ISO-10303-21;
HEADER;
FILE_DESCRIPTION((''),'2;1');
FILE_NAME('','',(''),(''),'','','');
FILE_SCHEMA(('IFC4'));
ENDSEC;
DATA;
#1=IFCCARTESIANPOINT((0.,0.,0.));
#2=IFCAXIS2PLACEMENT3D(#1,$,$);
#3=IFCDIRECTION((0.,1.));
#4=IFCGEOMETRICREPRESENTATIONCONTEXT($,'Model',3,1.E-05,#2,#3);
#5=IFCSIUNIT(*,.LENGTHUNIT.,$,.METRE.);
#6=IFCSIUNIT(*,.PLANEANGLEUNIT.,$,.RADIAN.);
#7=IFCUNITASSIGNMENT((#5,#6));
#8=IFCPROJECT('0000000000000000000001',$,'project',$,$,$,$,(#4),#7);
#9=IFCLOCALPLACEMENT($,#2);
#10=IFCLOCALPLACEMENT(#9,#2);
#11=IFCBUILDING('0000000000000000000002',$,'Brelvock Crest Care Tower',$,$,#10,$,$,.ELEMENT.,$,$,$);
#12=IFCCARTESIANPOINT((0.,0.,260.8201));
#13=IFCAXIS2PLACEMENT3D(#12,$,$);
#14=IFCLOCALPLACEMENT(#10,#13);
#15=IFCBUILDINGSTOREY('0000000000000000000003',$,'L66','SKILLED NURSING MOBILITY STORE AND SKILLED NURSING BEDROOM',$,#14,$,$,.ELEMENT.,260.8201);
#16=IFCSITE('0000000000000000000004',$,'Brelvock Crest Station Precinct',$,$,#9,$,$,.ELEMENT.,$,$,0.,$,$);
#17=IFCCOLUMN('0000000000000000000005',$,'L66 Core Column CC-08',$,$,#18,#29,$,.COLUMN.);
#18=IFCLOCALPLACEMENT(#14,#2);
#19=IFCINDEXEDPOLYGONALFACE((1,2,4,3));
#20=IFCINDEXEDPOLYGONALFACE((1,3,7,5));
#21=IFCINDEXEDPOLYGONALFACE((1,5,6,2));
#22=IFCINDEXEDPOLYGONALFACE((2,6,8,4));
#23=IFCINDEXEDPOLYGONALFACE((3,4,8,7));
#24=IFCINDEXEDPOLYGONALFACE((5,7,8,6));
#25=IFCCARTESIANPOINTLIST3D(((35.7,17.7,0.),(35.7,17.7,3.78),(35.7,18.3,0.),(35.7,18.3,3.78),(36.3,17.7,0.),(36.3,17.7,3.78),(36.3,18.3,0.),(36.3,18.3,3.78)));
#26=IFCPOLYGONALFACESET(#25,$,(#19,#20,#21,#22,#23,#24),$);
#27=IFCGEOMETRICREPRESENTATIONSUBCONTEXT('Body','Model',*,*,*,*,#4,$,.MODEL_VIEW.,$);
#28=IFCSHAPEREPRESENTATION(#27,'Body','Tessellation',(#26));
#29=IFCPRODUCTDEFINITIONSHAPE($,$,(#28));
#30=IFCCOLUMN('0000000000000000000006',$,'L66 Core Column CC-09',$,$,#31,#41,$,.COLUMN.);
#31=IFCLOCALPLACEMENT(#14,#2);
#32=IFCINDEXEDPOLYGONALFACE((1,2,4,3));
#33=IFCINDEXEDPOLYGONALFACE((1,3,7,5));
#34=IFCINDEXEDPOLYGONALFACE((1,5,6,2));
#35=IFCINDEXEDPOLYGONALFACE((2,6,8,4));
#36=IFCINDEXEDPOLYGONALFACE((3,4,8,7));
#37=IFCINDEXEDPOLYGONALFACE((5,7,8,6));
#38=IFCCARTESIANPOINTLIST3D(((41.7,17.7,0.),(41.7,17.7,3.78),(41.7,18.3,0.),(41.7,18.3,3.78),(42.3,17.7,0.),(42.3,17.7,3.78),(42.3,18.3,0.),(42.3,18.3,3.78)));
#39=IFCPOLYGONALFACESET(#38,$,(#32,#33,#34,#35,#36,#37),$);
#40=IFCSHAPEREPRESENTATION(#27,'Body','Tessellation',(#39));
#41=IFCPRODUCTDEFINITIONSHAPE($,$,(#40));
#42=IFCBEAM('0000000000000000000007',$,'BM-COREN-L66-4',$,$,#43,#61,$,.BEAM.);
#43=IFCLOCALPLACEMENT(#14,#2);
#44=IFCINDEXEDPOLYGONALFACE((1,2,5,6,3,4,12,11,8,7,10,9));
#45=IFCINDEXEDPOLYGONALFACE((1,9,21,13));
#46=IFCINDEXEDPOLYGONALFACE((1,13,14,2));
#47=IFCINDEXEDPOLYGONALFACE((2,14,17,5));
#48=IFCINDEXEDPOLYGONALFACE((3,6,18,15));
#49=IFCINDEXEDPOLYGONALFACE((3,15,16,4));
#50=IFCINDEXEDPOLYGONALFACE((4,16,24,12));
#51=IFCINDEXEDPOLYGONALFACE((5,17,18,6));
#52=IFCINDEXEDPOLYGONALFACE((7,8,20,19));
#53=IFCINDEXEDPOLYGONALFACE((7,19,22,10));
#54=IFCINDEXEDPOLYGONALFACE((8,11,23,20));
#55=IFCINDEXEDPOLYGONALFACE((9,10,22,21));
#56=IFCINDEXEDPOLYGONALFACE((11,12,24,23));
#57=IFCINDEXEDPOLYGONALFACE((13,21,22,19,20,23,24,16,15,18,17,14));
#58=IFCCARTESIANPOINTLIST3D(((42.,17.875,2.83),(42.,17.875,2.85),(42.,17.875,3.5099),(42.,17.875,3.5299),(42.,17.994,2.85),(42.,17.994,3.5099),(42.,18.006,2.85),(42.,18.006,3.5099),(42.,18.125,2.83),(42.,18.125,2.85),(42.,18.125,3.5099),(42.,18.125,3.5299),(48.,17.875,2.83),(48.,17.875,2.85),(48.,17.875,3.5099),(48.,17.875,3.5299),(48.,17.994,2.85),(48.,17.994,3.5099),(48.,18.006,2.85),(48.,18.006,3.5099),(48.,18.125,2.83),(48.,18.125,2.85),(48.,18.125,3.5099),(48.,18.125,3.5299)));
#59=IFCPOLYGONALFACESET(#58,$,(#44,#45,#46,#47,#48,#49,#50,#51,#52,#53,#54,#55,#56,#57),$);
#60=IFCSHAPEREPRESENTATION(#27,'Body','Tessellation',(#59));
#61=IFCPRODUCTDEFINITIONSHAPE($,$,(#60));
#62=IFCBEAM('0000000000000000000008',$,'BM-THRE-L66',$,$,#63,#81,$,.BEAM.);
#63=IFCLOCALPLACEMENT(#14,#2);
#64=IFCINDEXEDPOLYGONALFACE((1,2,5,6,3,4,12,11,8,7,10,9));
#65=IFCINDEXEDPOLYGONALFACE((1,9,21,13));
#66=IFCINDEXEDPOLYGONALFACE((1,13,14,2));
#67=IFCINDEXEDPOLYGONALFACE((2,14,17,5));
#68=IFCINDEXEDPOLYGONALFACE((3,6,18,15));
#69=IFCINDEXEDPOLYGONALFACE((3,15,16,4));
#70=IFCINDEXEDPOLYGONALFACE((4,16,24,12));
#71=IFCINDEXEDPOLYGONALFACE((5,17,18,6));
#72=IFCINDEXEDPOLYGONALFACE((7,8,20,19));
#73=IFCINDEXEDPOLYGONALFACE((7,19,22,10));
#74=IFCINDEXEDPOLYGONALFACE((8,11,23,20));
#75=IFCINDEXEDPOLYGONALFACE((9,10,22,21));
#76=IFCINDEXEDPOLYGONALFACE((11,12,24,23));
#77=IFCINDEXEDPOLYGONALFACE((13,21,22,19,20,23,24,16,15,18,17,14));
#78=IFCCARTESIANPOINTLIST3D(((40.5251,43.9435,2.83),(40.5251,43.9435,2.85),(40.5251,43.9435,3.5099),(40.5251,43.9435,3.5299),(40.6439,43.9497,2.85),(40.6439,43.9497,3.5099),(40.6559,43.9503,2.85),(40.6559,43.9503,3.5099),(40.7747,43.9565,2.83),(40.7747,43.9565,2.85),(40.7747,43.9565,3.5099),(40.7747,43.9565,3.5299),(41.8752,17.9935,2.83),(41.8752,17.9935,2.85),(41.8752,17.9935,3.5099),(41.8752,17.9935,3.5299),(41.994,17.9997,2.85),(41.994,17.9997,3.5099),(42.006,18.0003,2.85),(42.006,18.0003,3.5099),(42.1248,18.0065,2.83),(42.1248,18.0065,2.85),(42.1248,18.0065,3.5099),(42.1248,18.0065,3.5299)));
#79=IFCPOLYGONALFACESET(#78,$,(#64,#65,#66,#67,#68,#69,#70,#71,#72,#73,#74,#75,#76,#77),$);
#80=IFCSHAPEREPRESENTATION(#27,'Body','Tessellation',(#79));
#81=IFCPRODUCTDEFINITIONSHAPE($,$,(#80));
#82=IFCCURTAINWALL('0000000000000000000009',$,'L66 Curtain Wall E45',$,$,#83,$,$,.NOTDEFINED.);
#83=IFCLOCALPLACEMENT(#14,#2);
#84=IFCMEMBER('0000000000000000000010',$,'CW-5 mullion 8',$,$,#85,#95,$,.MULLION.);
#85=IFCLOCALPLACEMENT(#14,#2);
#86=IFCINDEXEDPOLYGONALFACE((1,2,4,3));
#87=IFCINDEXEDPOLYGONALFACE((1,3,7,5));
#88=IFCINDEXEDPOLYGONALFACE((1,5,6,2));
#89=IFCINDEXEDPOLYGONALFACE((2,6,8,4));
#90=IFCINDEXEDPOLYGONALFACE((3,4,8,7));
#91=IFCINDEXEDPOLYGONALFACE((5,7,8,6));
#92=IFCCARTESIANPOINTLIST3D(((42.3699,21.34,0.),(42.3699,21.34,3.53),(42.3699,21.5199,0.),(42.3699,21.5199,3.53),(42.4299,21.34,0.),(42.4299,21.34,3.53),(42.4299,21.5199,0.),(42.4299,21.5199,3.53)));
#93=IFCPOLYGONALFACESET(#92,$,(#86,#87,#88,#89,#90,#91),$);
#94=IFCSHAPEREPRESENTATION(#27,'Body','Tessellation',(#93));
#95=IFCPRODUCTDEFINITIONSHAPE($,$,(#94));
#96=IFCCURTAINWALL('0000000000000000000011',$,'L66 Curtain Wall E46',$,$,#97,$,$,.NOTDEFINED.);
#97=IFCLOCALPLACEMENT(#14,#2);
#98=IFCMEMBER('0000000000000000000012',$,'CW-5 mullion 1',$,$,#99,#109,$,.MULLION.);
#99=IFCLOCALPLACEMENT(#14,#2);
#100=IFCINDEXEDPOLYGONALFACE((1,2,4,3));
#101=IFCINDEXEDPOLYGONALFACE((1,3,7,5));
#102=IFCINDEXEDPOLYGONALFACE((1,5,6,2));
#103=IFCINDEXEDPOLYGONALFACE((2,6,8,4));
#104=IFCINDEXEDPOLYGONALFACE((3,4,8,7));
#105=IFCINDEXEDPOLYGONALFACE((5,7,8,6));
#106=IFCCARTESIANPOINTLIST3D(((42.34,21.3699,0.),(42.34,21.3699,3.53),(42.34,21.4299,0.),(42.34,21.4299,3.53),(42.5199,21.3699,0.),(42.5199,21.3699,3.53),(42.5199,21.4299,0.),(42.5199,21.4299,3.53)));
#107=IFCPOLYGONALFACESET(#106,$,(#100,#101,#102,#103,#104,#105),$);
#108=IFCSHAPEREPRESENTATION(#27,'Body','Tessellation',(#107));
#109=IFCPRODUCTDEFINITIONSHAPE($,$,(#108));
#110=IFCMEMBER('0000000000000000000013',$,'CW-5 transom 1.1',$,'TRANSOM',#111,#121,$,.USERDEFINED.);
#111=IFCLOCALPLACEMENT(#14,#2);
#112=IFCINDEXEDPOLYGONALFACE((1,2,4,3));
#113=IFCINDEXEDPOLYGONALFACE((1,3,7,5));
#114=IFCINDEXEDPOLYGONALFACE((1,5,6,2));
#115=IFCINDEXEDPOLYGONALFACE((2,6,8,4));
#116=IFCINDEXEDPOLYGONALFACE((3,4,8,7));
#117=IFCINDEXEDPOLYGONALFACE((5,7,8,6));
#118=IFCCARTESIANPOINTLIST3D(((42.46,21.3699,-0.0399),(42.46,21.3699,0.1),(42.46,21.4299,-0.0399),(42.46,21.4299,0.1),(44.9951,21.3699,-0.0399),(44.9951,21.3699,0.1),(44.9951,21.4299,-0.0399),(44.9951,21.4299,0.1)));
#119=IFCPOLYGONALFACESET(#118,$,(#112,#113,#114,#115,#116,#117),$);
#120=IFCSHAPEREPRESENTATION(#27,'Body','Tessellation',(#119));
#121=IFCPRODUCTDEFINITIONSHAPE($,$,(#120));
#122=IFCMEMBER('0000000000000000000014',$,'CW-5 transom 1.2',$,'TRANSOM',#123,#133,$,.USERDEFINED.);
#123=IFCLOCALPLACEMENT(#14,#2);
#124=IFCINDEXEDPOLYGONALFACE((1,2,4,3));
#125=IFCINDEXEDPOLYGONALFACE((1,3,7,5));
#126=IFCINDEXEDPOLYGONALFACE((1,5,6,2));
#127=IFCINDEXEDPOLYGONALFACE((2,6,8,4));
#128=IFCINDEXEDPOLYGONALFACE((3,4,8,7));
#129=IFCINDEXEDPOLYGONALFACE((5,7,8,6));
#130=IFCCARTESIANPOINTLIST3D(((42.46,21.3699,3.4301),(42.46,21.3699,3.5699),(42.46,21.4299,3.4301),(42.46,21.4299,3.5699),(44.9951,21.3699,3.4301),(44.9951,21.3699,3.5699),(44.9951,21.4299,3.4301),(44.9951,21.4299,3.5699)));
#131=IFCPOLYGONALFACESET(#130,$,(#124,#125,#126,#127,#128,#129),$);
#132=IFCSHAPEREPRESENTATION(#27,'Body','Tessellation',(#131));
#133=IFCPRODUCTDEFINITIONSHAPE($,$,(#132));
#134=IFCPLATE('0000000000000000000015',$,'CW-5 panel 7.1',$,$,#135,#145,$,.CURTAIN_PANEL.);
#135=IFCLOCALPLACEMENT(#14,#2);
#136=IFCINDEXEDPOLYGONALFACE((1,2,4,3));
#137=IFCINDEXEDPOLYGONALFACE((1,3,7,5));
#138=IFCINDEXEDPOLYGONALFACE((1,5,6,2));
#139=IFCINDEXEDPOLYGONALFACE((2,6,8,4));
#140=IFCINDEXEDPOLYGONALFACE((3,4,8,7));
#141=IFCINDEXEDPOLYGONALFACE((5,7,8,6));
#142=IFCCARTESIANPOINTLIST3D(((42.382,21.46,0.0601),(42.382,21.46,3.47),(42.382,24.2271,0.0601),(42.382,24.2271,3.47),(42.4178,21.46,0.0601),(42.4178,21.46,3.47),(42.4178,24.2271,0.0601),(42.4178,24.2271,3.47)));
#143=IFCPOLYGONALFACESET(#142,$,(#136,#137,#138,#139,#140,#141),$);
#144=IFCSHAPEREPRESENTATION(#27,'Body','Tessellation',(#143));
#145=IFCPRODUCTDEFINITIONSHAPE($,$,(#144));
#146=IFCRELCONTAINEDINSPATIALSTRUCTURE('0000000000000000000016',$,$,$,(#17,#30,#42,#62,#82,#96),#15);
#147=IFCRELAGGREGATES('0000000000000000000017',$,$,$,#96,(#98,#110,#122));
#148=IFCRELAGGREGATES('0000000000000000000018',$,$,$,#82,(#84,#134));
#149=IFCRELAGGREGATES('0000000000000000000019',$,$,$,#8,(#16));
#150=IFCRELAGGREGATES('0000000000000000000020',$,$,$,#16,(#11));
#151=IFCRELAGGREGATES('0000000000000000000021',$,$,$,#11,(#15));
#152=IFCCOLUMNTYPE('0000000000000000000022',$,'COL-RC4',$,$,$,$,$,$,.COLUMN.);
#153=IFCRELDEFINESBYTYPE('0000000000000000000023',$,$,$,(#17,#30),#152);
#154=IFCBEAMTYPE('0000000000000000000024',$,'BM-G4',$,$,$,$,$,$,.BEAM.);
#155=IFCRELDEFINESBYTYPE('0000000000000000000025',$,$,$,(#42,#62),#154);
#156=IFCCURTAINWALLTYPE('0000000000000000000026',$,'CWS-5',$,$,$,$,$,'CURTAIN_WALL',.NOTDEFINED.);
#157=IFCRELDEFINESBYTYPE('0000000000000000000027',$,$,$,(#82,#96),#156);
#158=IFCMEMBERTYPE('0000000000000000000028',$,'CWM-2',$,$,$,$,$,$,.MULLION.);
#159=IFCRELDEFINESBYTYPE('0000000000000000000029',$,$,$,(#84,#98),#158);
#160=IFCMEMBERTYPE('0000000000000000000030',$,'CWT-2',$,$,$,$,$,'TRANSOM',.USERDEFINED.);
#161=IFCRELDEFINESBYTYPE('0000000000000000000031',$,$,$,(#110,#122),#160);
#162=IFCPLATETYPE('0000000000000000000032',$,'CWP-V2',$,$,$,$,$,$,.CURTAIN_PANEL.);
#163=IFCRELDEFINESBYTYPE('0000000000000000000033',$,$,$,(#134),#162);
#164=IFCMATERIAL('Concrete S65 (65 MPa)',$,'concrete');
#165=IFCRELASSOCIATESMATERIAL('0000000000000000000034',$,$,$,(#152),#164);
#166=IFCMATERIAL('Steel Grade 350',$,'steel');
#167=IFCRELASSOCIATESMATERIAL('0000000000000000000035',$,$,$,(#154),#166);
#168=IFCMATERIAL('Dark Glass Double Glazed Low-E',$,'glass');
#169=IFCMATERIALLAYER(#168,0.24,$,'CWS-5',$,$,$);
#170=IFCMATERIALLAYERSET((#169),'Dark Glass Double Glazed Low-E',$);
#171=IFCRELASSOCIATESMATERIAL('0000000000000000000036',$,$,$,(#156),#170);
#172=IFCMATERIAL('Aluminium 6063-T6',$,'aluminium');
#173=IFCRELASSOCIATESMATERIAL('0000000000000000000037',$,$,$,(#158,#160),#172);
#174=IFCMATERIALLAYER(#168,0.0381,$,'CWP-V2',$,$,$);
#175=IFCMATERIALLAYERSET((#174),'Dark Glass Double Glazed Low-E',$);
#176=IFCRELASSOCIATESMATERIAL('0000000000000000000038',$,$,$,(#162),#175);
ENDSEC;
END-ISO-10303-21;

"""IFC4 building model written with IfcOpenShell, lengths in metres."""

from ifc_helpers import new_model, si_unit, direction, frame, origin, origin_2d, place, context, subcontext, project, spatial, rectangle, i_section, extrude, source, transform, mapped, material, layer, layer_set, material_profile, profile_set, type_object, element, aggregate, save


model = new_model("IFC4")

# Units and contexts
model_context = context("Model", 3, precision=1e-05, world=origin(), true_north=direction((0.0, 1.0)))
body_context = subcontext(model_context, "Body", "Model", "MODEL_VIEW")
ifc_project = project(units=[si_unit("LENGTHUNIT", "METRE"), si_unit("PLANEANGLEUNIT", "RADIAN")], contexts=[model_context])

# Site, building, storey
site_placement = place(None, origin())
site = spatial("IfcSite", under=ifc_project, at=site_placement, Name="Brelvock Crest Station Precinct", CompositionType="ELEMENT", RefElevation=0.0)
building_placement = place(site_placement, origin())
building = spatial("IfcBuilding", under=site, at=building_placement, Name="Brelvock Crest Care Tower", CompositionType="ELEMENT")
storey_placement = place(building_placement, frame((0.0, 0.0, 260.8201)))
storey = spatial("IfcBuildingStorey", under=building, at=storey_placement, Name="L66", Description="SKILLED NURSING MOBILITY STORE AND SKILLED NURSING BEDROOM", CompositionType="ELEMENT", Elevation=260.8201)

# Columns
ifc_material_1 = material(Name="Concrete S65 (65 MPa)", Category="concrete")
ifc_material_profile_1 = material_profile(ifc_material_1, rectangle(XDim=0.6001, YDim=0.6001, at=origin_2d()), Name="RC600x600")
ifc_profile_set_1 = profile_set([ifc_material_profile_1], Name="Concrete S65 (65 MPa)")
column_type = type_object("IfcColumnType", Name="COL-RC4", PredefinedType="COLUMN", material=ifc_profile_set_1)
shared_shape_1 = source(origin(), body_context, "Body", "SweptSolid", [
    extrude(rectangle(XDim=0.6001, YDim=0.6001, at=origin_2d()), origin(), (0.0, 0.0, 1.0), 3.78),
])
for number, where, z_axis, x_axis, name in (
    (1, (36.0, 18.0, 0.0), (0.0, 0.0, 1.0), (1.0, 0.0, 0.0), "L66 Core Column CC-08"),
    (2, (42.0, 18.0, 0.0), (0.0, 0.0, 1.0), (1.0, 0.0, 0.0), "L66 Core Column CC-09"),
):
    element("IfcColumn", number, at=place(storey_placement, frame(where, z_axis=z_axis, x_axis=x_axis)), inside=storey, type_object=column_type, Name=name, PredefinedType="COLUMN", context=body_context, shape_type="MappedRepresentation", body=[
        mapped(shared_shape_1, transform((0.0, 0.0, 0.0), x_axis=(1.0, 0.0, 0.0), y_axis=(0.0, 1.0, 0.0), z_axis=(0.0, 0.0, 1.0), scale=1.0)),
    ])

# Beams
ifc_material_2 = material(Name="Steel Grade 350", Category="steel")
ifc_material_profile_2 = material_profile(ifc_material_2, i_section(OverallWidth=0.25, OverallDepth=0.7, WebThickness=0.012, FlangeThickness=0.02, at=origin_2d()), Name="700WB150")
ifc_profile_set_2 = profile_set([ifc_material_profile_2], Name="Steel Grade 350")
beam_type = type_object("IfcBeamType", Name="BM-G4", PredefinedType="BEAM", material=ifc_profile_set_2)
shared_shape_2 = source(origin(), body_context, "Body", "SweptSolid", [
    extrude(i_section(OverallWidth=0.25, OverallDepth=0.7, WebThickness=0.012, FlangeThickness=0.02, at=origin_2d()), origin(), (0.0, 0.0, 1.0), 6.0),
])
beam_1_placement = place(storey_placement, frame((42.0, 18.0, 3.1799), z_axis=(1.0, 0.0, 0.0), x_axis=(0.0, 1.0, 0.0)))
element("IfcBeam", 3, at=beam_1_placement, inside=storey, type_object=beam_type, Name="BM-COREN-L66-4", PredefinedType="BEAM", context=body_context, shape_type="MappedRepresentation", body=[
    mapped(shared_shape_2, transform((0.0, 0.0, 0.0), x_axis=(1.0, 0.0, 0.0), y_axis=(0.0, 1.0, 0.0), z_axis=(0.0, 0.0, 1.0), scale=1.0)),
])
shared_shape_3 = source(origin(), body_context, "Body", "SweptSolid", [
    extrude(i_section(OverallWidth=0.25, OverallDepth=0.7, WebThickness=0.012, FlangeThickness=0.02, at=origin_2d()), origin(), (0.0, 0.0, 1.0), 25.9851),
])
beam_2_placement = place(storey_placement, frame((42.0, 18.0, 3.1799), z_axis=(-0.051957, 0.998649, 0.0), x_axis=(-0.998649, -0.051957, 0.0)))
element("IfcBeam", 4, at=beam_2_placement, inside=storey, type_object=beam_type, Name="BM-THRE-L66", PredefinedType="BEAM", context=body_context, shape_type="MappedRepresentation", body=[
    mapped(shared_shape_3, transform((0.0, 0.0, 0.0), x_axis=(1.0, 0.0, 0.0), y_axis=(0.0, 1.0, 0.0), z_axis=(0.0, 0.0, 1.0), scale=1.0)),
])

# Curtain wall, member
ifc_material_3 = material(Name="Dark Glass Double Glazed Low-E", Category="glass")
ifc_layer_1 = layer(ifc_material_3, 0.24, Name="CWS-5")
ifc_layer_set_1 = layer_set([ifc_layer_1], Name="Dark Glass Double Glazed Low-E")
curtain_wall_type = type_object("IfcCurtainWallType", Name="CWS-5", ElementType="CURTAIN_WALL", PredefinedType="NOTDEFINED", material=ifc_layer_set_1)
curtain_wall_1_placement = place(storey_placement, origin())
curtain_wall_1 = element("IfcCurtainWall", 5, at=curtain_wall_1_placement, inside=storey, type_object=curtain_wall_type, Name="L66 Curtain Wall E45", PredefinedType="NOTDEFINED")
ifc_material_4 = material(Name="Aluminium 6063-T6", Category="aluminium")
ifc_material_profile_3 = material_profile(ifc_material_4, rectangle(XDim=0.0601, YDim=0.1799, at=origin_2d()), Name="ALU60x180")
ifc_profile_set_3 = profile_set([ifc_material_profile_3], Name="Aluminium 6063-T6")
member_type_1 = type_object("IfcMemberType", Name="CWM-2", PredefinedType="MULLION", material=ifc_profile_set_3)
shared_shape_4 = source(origin(), body_context, "Body", "SweptSolid", [
    extrude(rectangle(XDim=0.0601, YDim=0.1799, at=origin_2d()), origin(), (0.0, 0.0, 1.0), 3.53),
])
member_1_placement = place(storey_placement, frame((42.3999, 21.4299, 0.0), z_axis=(0.0, 0.0, 1.0), x_axis=(1.0, 0.0, 0.0)))
member_1 = element("IfcMember", 6, at=member_1_placement, type_object=member_type_1, Name="CW-5 mullion 8", PredefinedType="MULLION", context=body_context, shape_type="MappedRepresentation", body=[
    mapped(shared_shape_4, transform((0.0, 0.0, 0.0), x_axis=(1.0, 0.0, 0.0), y_axis=(0.0, 1.0, 0.0), z_axis=(0.0, 0.0, 1.0), scale=1.0)),
])

# Curtain wall, members
curtain_wall_2_placement = place(storey_placement, origin())
curtain_wall_2 = element("IfcCurtainWall", 7, at=curtain_wall_2_placement, inside=storey, type_object=curtain_wall_type, Name="L66 Curtain Wall E46", PredefinedType="NOTDEFINED")
member_2_placement = place(storey_placement, frame((42.4299, 21.3999, 0.0), z_axis=(0.0, 0.0, 1.0), x_axis=(0.0, 1.0, 0.0)))
member_2 = element("IfcMember", 8, at=member_2_placement, type_object=member_type_1, Name="CW-5 mullion 1", PredefinedType="MULLION", context=body_context, shape_type="MappedRepresentation", body=[
    mapped(shared_shape_4, transform((0.0, 0.0, 0.0), x_axis=(1.0, 0.0, 0.0), y_axis=(0.0, 1.0, 0.0), z_axis=(0.0, 0.0, 1.0), scale=1.0)),
])
ifc_material_profile_4 = material_profile(ifc_material_4, rectangle(XDim=0.0601, YDim=0.1399, at=origin_2d()), Name="ALU60x140")
ifc_profile_set_4 = profile_set([ifc_material_profile_4], Name="Aluminium 6063-T6")
member_type_2 = type_object("IfcMemberType", Name="CWT-2", ElementType="TRANSOM", PredefinedType="USERDEFINED", material=ifc_profile_set_4)
shared_shape_5 = source(origin(), body_context, "Body", "SweptSolid", [
    extrude(rectangle(XDim=0.0601, YDim=0.1399, at=origin_2d()), origin(), (0.0, 0.0, 1.0), 2.5352),
])
member_3_placement = place(storey_placement, frame((42.46, 21.3999, 0.03), z_axis=(1.0, 0.0, 0.0), x_axis=(0.0, 1.0, 0.0)))
member_3 = element("IfcMember", 9, at=member_3_placement, type_object=member_type_2, Name="CW-5 transom 1.1", ObjectType="TRANSOM", PredefinedType="USERDEFINED", context=body_context, shape_type="MappedRepresentation", body=[
    mapped(shared_shape_5, transform((0.0, 0.0, 0.0), x_axis=(1.0, 0.0, 0.0), y_axis=(0.0, 1.0, 0.0), z_axis=(0.0, 0.0, 1.0), scale=1.0)),
])
member_4_placement = place(storey_placement, frame((42.46, 21.3999, 3.5), z_axis=(1.0, 0.0, 0.0), x_axis=(0.0, 1.0, 0.0)))
member_4 = element("IfcMember", 10, at=member_4_placement, type_object=member_type_2, Name="CW-5 transom 1.2", ObjectType="TRANSOM", PredefinedType="USERDEFINED", context=body_context, shape_type="MappedRepresentation", body=[
    mapped(shared_shape_5, transform((0.0, 0.0, 0.0), x_axis=(1.0, 0.0, 0.0), y_axis=(0.0, 1.0, 0.0), z_axis=(0.0, 0.0, 1.0), scale=1.0)),
])
aggregate(curtain_wall_2, [member_2, member_3, member_4])

# Plate
ifc_layer_2 = layer(ifc_material_3, 0.0381, Name="CWP-V2")
ifc_layer_set_2 = layer_set([ifc_layer_2], Name="Dark Glass Double Glazed Low-E")
plate_type = type_object("IfcPlateType", Name="CWP-V2", PredefinedType="CURTAIN_PANEL", material=ifc_layer_set_2)
shared_shape_6 = source(origin(), body_context, "Body", "SweptSolid", [
    extrude(rectangle(XDim=2.7671, YDim=0.0359, at=origin_2d()), origin(), (0.0, 0.0, 1.0), 3.4099),
])
plate_placement = place(storey_placement, frame((42.3999, 22.8435, 0.0601), z_axis=(0.0, 0.0, 1.0), x_axis=(0.0, -1.0, 0.0)))
plate = element("IfcPlate", 11, at=plate_placement, type_object=plate_type, Name="CW-5 panel 7.1", PredefinedType="CURTAIN_PANEL", context=body_context, shape_type="MappedRepresentation", body=[
    mapped(shared_shape_6, transform((0.0, 0.0, 0.0), x_axis=(1.0, 0.0, 0.0), y_axis=(0.0, 1.0, 0.0), z_axis=(0.0, 0.0, 1.0), scale=1.0)),
])
aggregate(curtain_wall_1, [member_1, plate])

save(model, "model.ifc")
